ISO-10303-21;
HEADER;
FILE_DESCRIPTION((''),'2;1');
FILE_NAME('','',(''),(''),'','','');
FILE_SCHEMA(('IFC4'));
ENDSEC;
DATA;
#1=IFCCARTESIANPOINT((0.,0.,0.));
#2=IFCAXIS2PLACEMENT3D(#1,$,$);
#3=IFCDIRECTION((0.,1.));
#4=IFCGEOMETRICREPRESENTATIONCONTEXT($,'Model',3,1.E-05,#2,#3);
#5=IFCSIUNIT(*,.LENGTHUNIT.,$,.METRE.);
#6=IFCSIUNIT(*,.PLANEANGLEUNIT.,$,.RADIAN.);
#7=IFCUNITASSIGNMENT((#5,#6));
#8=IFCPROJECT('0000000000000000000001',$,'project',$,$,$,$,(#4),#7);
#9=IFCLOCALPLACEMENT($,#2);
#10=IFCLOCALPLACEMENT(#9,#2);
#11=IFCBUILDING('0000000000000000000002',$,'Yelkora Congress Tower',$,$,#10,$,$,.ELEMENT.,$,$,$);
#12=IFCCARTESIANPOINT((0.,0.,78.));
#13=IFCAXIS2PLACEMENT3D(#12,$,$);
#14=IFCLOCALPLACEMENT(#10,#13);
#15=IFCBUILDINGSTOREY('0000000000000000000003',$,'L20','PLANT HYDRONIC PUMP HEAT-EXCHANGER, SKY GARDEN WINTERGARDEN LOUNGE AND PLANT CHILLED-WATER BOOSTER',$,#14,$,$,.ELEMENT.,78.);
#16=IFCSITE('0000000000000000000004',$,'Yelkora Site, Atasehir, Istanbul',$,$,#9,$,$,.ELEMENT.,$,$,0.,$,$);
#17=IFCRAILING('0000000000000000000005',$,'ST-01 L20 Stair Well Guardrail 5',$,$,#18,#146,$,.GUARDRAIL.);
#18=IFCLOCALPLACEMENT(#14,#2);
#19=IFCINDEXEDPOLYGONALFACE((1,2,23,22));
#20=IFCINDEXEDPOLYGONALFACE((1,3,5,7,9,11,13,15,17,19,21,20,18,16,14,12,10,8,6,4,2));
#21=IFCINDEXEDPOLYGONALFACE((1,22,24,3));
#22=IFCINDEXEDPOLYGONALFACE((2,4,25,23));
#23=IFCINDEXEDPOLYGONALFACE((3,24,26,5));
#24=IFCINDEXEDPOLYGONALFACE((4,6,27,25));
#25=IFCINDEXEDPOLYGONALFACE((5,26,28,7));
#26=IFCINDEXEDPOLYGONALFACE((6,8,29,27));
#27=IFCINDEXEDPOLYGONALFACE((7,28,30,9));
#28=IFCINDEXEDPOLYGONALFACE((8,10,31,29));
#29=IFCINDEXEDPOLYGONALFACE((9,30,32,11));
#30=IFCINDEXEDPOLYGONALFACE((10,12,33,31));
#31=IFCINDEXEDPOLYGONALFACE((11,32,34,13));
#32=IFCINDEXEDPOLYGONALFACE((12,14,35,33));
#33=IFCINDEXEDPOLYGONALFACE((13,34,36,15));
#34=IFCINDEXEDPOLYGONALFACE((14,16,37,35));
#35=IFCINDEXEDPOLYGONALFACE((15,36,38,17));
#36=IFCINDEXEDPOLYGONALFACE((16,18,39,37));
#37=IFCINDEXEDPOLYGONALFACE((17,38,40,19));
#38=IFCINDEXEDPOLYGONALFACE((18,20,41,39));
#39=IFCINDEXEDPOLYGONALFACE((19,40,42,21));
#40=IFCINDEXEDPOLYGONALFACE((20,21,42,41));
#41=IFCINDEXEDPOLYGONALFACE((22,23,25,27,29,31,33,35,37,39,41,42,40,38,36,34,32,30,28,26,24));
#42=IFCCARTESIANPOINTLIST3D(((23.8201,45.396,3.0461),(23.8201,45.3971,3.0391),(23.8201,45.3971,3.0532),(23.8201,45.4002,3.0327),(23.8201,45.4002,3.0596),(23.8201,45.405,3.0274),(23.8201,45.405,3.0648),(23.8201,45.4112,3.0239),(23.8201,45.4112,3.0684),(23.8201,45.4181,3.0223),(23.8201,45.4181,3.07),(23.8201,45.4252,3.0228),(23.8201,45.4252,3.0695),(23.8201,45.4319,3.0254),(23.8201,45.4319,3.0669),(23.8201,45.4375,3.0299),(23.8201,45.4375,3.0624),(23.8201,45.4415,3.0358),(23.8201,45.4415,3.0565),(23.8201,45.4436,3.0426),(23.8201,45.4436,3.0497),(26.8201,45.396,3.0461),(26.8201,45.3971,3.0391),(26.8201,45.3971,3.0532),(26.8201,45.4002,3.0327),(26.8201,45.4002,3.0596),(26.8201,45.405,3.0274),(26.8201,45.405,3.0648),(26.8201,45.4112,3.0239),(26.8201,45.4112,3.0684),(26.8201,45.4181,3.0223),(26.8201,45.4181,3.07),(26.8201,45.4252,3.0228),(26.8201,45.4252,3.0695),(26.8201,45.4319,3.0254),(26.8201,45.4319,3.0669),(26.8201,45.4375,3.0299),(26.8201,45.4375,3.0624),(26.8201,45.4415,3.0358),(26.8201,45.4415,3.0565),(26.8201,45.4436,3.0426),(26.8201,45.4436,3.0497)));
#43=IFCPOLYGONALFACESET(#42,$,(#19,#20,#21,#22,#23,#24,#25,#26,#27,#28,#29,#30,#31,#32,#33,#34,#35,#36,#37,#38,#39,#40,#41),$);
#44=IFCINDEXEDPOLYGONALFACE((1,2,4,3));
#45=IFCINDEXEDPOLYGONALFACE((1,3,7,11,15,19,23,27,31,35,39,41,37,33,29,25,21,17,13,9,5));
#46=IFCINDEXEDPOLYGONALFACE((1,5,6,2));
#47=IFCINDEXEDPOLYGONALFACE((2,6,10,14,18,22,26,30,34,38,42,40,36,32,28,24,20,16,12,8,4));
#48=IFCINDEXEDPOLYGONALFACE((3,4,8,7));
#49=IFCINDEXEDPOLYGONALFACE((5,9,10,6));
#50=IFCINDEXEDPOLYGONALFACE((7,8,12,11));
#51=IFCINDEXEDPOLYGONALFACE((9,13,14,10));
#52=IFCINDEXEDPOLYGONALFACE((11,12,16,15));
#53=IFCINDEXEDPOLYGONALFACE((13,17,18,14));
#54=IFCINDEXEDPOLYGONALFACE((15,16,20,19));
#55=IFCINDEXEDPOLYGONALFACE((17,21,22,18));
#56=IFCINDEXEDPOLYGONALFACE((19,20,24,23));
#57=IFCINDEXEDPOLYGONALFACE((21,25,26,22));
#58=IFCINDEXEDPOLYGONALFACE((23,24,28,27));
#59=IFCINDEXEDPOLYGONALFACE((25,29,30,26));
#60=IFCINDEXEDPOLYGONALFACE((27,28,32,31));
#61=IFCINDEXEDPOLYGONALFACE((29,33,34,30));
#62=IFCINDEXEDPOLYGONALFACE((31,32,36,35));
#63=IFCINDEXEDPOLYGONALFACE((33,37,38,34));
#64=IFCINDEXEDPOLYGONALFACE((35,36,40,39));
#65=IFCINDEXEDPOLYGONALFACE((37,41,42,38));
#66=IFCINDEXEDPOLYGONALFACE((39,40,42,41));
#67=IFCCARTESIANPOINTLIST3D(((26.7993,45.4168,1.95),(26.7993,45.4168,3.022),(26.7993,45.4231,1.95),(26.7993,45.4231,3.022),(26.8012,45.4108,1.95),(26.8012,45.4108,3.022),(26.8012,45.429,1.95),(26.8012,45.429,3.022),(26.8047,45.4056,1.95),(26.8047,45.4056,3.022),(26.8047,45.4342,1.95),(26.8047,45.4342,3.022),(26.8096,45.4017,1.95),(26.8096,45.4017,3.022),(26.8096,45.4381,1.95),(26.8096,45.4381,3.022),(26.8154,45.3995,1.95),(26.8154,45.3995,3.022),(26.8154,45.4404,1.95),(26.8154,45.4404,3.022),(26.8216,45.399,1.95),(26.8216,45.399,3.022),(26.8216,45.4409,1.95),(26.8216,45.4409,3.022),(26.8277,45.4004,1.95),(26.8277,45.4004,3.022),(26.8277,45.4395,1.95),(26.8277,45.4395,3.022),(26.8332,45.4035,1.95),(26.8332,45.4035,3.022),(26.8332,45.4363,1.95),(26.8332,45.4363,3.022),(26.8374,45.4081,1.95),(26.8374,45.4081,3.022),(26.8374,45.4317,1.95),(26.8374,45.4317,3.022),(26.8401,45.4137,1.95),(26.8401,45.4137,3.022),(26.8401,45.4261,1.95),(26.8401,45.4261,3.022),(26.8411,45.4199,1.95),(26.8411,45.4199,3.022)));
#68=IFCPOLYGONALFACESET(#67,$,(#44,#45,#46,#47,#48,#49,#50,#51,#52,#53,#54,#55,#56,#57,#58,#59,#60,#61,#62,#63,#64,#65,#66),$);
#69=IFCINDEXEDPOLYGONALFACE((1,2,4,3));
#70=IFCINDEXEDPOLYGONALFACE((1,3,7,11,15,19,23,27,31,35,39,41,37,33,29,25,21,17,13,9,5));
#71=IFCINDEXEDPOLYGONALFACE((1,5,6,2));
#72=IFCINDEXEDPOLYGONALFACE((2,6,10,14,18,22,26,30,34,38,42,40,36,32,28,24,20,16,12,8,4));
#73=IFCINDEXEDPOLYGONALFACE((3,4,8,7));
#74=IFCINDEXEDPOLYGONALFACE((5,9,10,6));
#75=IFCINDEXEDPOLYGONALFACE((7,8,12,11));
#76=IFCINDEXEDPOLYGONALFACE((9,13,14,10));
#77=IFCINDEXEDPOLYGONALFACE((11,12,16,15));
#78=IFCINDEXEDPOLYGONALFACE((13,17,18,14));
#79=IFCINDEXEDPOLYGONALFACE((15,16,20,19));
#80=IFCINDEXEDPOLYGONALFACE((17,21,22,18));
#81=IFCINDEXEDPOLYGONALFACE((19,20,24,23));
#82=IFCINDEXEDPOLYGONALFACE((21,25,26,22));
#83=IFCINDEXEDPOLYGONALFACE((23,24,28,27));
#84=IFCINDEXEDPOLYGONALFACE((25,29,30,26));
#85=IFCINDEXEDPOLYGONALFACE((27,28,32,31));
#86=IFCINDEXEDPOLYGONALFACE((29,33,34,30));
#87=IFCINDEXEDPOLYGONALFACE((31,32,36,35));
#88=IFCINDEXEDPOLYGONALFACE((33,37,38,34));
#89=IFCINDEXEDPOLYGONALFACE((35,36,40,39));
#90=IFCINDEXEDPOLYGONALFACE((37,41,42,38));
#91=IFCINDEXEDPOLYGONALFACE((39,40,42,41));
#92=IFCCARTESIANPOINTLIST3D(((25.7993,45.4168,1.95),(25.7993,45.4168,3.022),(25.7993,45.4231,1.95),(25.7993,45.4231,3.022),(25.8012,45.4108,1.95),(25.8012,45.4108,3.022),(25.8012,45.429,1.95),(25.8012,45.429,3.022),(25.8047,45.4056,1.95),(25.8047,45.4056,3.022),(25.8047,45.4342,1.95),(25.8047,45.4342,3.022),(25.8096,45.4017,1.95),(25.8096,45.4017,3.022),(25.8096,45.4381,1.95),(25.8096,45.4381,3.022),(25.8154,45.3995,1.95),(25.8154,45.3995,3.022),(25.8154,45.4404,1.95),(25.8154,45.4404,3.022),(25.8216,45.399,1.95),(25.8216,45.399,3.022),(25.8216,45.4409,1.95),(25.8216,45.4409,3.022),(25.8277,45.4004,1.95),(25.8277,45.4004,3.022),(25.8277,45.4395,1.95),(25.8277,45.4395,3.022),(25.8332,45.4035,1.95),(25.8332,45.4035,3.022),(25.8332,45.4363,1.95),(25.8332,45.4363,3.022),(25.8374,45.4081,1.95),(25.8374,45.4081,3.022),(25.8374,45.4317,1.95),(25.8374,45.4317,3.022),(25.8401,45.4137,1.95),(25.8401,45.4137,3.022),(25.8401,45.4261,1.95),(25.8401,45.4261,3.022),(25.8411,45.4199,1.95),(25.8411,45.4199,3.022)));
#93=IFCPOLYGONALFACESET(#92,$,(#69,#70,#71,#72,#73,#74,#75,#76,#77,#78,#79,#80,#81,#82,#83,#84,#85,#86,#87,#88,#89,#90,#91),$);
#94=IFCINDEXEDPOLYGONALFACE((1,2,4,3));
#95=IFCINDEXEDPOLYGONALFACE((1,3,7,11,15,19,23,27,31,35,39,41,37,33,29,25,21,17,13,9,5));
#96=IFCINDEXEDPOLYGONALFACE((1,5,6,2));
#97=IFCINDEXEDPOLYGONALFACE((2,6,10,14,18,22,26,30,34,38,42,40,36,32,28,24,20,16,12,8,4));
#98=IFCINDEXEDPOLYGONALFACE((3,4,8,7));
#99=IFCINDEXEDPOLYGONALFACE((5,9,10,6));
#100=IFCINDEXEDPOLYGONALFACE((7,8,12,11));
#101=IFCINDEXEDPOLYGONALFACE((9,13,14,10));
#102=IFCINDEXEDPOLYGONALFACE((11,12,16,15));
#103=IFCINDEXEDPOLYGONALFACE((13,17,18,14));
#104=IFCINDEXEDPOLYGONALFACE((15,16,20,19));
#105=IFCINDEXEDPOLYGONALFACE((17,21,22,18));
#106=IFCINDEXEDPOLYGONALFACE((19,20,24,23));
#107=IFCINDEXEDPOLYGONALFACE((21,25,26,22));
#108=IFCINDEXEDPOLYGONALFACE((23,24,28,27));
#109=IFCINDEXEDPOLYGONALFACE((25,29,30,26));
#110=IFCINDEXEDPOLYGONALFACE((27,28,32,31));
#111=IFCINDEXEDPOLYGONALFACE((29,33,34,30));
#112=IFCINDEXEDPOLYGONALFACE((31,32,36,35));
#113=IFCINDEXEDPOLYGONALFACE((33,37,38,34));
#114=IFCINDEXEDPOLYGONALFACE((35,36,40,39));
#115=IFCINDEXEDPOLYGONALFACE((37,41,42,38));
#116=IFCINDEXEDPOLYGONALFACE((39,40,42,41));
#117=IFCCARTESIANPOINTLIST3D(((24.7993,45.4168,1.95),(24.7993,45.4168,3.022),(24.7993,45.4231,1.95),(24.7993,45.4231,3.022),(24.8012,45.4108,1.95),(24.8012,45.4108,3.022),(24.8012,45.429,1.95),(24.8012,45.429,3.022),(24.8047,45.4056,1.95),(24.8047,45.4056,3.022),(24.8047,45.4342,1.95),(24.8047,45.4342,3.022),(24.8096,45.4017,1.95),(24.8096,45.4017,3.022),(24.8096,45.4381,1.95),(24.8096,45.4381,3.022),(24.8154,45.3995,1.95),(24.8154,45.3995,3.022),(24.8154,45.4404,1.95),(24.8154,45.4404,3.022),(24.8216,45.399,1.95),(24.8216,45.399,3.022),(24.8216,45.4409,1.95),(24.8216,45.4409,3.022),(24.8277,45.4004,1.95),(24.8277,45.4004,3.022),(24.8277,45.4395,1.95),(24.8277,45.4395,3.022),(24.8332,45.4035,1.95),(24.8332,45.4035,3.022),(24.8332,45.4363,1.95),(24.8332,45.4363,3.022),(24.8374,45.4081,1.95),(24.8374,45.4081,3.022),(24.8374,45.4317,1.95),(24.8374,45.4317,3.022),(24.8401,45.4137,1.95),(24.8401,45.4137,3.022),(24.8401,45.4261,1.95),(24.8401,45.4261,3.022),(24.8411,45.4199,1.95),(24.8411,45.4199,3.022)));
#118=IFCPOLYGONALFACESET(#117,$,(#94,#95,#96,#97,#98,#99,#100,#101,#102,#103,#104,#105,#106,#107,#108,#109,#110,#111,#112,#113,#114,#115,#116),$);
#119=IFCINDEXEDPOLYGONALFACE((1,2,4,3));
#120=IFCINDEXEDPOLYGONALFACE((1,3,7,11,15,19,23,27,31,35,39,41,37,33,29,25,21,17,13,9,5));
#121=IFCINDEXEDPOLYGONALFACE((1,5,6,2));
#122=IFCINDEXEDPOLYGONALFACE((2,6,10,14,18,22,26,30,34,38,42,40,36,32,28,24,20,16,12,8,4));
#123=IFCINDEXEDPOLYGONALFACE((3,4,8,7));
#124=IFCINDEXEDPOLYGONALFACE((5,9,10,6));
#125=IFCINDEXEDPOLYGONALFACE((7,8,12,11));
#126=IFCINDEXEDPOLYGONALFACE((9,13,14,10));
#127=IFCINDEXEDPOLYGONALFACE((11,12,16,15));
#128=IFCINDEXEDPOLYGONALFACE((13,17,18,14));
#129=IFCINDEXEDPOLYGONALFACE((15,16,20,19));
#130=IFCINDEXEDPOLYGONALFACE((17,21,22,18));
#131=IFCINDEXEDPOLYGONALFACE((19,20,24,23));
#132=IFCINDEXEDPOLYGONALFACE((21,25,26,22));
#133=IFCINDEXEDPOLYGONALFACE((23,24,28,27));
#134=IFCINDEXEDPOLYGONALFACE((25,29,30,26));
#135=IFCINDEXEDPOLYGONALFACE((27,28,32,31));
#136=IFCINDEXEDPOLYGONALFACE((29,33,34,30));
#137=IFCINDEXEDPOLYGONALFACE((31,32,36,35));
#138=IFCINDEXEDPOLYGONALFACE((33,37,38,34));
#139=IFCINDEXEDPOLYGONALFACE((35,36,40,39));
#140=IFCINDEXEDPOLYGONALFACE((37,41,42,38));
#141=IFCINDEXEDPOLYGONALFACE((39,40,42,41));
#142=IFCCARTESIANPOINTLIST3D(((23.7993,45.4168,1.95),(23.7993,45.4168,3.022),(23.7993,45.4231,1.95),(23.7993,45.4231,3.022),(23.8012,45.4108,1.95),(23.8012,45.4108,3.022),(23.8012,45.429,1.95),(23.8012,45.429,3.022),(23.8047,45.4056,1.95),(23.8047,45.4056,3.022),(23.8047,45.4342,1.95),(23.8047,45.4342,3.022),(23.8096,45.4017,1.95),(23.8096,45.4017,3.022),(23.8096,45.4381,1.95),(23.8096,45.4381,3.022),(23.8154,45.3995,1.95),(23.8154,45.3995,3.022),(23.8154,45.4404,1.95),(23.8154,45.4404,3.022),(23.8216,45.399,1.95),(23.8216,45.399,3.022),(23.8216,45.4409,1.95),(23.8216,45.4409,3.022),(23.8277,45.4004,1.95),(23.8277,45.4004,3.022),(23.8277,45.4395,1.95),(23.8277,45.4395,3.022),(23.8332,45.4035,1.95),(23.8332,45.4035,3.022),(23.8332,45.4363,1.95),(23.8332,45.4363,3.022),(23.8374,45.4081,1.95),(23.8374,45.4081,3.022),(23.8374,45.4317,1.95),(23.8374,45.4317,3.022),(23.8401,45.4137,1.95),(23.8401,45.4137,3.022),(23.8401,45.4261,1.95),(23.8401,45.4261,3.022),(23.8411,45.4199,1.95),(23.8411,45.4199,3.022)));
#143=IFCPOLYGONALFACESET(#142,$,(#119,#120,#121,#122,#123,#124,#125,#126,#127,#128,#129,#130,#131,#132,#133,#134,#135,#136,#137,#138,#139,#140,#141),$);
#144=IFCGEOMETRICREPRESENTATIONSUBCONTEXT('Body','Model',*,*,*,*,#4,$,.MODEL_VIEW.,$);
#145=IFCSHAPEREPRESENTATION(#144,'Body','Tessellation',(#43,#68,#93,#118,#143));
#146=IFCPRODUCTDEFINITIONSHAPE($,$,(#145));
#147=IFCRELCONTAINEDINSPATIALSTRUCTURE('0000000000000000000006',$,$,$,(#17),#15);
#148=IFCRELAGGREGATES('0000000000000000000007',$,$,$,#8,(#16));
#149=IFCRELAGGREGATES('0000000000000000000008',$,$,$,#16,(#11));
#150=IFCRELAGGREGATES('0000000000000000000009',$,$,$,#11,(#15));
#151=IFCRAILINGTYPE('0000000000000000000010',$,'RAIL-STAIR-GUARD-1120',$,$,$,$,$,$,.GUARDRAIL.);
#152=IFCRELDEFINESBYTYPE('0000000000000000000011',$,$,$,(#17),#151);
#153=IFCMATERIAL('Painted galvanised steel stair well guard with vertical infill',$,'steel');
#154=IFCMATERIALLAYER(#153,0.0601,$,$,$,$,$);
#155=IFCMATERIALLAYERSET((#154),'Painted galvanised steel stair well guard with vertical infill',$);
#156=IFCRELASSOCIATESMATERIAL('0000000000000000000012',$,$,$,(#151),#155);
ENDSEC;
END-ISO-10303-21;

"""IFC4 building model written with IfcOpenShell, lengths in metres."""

from ifc_helpers import new_model, si_unit, direction, frame, origin, origin_2d, place, context, subcontext, project, spatial, circle, extrude, material, layer, layer_set, type_object, element, save


model = new_model("IFC4")

# Units and contexts
model_context = context("Model", 3, precision=1e-05, world=origin(), true_north=direction((0.0, 1.0)))
body_context = subcontext(model_context, "Body", "Model", "MODEL_VIEW")
ifc_project = project(units=[si_unit("LENGTHUNIT", "METRE"), si_unit("PLANEANGLEUNIT", "RADIAN")], contexts=[model_context])

# Site, building, storey
site_placement = place(None, origin())
site = spatial("IfcSite", under=ifc_project, at=site_placement, Name="Yelkora Site, Atasehir, Istanbul", CompositionType="ELEMENT", RefElevation=0.0)
building_placement = place(site_placement, origin())
building = spatial("IfcBuilding", under=site, at=building_placement, Name="Yelkora Congress Tower", CompositionType="ELEMENT")
storey_placement = place(building_placement, frame((0.0, 0.0, 78.0)))
storey = spatial("IfcBuildingStorey", under=building, at=storey_placement, Name="L20", Description="PLANT HYDRONIC PUMP HEAT-EXCHANGER, SKY GARDEN WINTERGARDEN LOUNGE AND PLANT CHILLED-WATER BOOSTER", CompositionType="ELEMENT", Elevation=78.0)

# Railing
ifc_material_1 = material(Name="Painted galvanised steel stair well guard with vertical infill", Category="steel")
ifc_layer_1 = layer(ifc_material_1, 0.0601)
ifc_layer_set_1 = layer_set([ifc_layer_1], Name="Painted galvanised steel stair well guard with vertical infill")
railing_type_1 = type_object("IfcRailingType", Name="RAIL-STAIR-GUARD-1120", PredefinedType="GUARDRAIL", material=ifc_layer_set_1)
railing_1_placement = place(storey_placement, frame((26.8201, 45.4199, 1.95)))
element("IfcRailing", 1, at=railing_1_placement, inside=storey, type_object=railing_type_1, Name="ST-01 L20 Stair Well Guardrail 5", PredefinedType="GUARDRAIL", context=body_context, shape_type="SweptSolid", body=[
    extrude(circle(Radius=0.0239, at=origin_2d()), frame((0.0, 0.0, 1.0962), z_axis=(-1.0, 0.0, 0.0), x_axis=(0.0, -1.0, 0.0)), (0.0, 0.0, 1.0), 3.0),
    extrude(circle(Radius=0.021, at=origin_2d()), origin(), (0.0, 0.0, 1.0), 1.072),
    extrude(circle(Radius=0.021, at=origin_2d()), frame((-1.0, 0.0, 0.0)), (0.0, 0.0, 1.0), 1.072),
    extrude(circle(Radius=0.021, at=origin_2d()), frame((-2.0, 0.0, 0.0)), (0.0, 0.0, 1.0), 1.072),
    extrude(circle(Radius=0.021, at=origin_2d()), frame((-3.0, 0.0, 0.0)), (0.0, 0.0, 1.0), 1.072),
])

save(model, "model.ifc")
